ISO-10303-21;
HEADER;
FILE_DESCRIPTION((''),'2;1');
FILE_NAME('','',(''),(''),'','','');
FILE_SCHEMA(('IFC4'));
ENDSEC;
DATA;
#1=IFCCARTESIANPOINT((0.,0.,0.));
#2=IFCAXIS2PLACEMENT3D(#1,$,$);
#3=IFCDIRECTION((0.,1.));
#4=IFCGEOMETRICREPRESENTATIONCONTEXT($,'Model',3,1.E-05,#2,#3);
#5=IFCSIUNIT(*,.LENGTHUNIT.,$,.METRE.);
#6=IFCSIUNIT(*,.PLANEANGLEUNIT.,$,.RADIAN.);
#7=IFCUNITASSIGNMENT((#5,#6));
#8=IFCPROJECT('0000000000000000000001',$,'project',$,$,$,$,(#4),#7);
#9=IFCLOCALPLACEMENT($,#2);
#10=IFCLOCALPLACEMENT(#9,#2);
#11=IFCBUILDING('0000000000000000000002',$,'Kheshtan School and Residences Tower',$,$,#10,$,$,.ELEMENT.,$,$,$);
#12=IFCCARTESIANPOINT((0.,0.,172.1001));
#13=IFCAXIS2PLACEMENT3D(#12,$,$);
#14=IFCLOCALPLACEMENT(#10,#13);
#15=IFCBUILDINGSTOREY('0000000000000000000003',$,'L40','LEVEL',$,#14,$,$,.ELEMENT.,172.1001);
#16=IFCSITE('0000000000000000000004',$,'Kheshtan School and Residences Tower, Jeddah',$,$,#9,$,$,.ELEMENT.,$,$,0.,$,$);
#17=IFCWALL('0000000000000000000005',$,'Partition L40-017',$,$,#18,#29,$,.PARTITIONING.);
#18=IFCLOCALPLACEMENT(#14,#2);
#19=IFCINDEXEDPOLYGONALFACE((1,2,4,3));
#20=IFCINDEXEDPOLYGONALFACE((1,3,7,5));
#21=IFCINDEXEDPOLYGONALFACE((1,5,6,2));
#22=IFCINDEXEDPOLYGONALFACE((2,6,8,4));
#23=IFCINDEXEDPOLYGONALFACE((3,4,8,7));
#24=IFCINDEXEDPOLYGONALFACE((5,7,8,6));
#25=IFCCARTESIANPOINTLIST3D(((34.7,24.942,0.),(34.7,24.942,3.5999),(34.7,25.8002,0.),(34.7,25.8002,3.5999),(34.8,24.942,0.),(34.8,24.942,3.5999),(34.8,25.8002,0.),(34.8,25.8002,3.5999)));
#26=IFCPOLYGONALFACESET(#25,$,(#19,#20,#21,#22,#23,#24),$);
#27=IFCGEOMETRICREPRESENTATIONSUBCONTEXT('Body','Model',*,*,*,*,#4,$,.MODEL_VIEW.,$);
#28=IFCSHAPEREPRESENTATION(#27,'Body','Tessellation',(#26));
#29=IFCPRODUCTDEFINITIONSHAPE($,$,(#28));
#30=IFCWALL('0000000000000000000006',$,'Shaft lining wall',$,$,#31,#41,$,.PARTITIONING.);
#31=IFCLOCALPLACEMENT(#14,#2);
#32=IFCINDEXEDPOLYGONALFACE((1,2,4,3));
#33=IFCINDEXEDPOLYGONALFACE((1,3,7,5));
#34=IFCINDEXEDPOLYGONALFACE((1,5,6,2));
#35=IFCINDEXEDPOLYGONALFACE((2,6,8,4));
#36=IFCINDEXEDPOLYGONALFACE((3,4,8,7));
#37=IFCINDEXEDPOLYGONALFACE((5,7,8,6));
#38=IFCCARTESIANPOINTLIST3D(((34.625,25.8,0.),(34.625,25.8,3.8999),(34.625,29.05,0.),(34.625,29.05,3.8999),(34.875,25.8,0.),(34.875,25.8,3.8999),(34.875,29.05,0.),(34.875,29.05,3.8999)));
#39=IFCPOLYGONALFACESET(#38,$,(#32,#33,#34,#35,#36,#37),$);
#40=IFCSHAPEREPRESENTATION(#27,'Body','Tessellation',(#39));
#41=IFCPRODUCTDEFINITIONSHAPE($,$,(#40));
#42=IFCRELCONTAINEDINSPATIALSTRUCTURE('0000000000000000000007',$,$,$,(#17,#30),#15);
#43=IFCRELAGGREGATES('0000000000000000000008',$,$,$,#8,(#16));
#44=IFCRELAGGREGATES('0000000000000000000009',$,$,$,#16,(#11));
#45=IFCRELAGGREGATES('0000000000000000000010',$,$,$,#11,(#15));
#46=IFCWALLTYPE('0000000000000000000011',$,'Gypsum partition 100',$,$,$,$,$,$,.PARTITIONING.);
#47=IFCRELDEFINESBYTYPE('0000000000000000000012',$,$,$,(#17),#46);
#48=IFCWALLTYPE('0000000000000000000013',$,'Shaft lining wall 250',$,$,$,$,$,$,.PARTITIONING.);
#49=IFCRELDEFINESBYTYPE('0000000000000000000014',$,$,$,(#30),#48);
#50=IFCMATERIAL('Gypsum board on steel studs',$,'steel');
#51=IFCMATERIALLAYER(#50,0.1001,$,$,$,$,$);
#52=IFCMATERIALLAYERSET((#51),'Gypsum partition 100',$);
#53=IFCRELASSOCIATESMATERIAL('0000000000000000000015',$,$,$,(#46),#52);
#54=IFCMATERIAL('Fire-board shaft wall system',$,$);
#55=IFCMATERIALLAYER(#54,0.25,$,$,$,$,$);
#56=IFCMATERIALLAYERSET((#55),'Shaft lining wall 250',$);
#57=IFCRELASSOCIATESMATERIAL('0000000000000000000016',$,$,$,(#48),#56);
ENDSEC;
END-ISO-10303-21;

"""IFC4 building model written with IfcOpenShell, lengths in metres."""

from ifc_helpers import new_model, si_unit, direction, frame, frame_2d, origin, place, context, subcontext, project, spatial, rectangle, extrude, material, layer, layer_set, type_object, element, save


model = new_model("IFC4")

# Units and contexts
model_context = context("Model", 3, precision=1e-05, world=origin(), true_north=direction((0.0, 1.0)))
body_context = subcontext(model_context, "Body", "Model", "MODEL_VIEW")
ifc_project = project(units=[si_unit("LENGTHUNIT", "METRE"), si_unit("PLANEANGLEUNIT", "RADIAN")], contexts=[model_context])

# Site, building, storey
site_placement = place(None, origin())
site = spatial("IfcSite", under=ifc_project, at=site_placement, Name="Kheshtan School and Residences Tower, Jeddah", CompositionType="ELEMENT", RefElevation=0.0)
building_placement = place(site_placement, origin())
building = spatial("IfcBuilding", under=site, at=building_placement, Name="Kheshtan School and Residences Tower", CompositionType="ELEMENT")
storey_placement = place(building_placement, frame((0.0, 0.0, 172.1001)))
storey = spatial("IfcBuildingStorey", under=building, at=storey_placement, Name="L40", Description="LEVEL", CompositionType="ELEMENT", Elevation=172.1001)

# Walls
ifc_material_1 = material(Name="Gypsum board on steel studs", Category="steel")
ifc_layer_1 = layer(ifc_material_1, 0.1001)
ifc_layer_set_1 = layer_set([ifc_layer_1], Name="Gypsum partition 100")
wall_type_1 = type_object("IfcWallType", Name="Gypsum partition 100", PredefinedType="PARTITIONING", material=ifc_layer_set_1)
wall_1_placement = place(storey_placement, frame((34.75, 24.9419, 0.0), z_axis=(0.0, 0.0, 1.0), x_axis=(0.0, 1.0, 0.0)))
element("IfcWall", 1, at=wall_1_placement, inside=storey, type_object=wall_type_1, Name="Partition L40-017", PredefinedType="PARTITIONING", context=body_context, shape_type="SweptSolid", body=[
    extrude(rectangle(XDim=0.8582, YDim=0.1001, at=frame_2d((0.4292, 0.0))), origin(), (0.0, 0.0, 1.0), 3.5999),
])
ifc_material_2 = material(Name="Fire-board shaft wall system")
ifc_layer_2 = layer(ifc_material_2, 0.25)
ifc_layer_set_2 = layer_set([ifc_layer_2], Name="Shaft lining wall 250")
wall_type_2 = type_object("IfcWallType", Name="Shaft lining wall 250", PredefinedType="PARTITIONING", material=ifc_layer_set_2)
wall_2_placement = place(storey_placement, frame((34.75, 25.8, 0.0), z_axis=(0.0, 0.0, 1.0), x_axis=(0.0, 1.0, 0.0)))
element("IfcWall", 2, at=wall_2_placement, inside=storey, type_object=wall_type_2, Name="Shaft lining wall", PredefinedType="PARTITIONING", context=body_context, shape_type="SweptSolid", body=[
    extrude(rectangle(XDim=3.25, YDim=0.25, at=frame_2d((1.625, 0.0))), origin(), (0.0, 0.0, 1.0), 3.8999),
])

save(model, "model.ifc")
